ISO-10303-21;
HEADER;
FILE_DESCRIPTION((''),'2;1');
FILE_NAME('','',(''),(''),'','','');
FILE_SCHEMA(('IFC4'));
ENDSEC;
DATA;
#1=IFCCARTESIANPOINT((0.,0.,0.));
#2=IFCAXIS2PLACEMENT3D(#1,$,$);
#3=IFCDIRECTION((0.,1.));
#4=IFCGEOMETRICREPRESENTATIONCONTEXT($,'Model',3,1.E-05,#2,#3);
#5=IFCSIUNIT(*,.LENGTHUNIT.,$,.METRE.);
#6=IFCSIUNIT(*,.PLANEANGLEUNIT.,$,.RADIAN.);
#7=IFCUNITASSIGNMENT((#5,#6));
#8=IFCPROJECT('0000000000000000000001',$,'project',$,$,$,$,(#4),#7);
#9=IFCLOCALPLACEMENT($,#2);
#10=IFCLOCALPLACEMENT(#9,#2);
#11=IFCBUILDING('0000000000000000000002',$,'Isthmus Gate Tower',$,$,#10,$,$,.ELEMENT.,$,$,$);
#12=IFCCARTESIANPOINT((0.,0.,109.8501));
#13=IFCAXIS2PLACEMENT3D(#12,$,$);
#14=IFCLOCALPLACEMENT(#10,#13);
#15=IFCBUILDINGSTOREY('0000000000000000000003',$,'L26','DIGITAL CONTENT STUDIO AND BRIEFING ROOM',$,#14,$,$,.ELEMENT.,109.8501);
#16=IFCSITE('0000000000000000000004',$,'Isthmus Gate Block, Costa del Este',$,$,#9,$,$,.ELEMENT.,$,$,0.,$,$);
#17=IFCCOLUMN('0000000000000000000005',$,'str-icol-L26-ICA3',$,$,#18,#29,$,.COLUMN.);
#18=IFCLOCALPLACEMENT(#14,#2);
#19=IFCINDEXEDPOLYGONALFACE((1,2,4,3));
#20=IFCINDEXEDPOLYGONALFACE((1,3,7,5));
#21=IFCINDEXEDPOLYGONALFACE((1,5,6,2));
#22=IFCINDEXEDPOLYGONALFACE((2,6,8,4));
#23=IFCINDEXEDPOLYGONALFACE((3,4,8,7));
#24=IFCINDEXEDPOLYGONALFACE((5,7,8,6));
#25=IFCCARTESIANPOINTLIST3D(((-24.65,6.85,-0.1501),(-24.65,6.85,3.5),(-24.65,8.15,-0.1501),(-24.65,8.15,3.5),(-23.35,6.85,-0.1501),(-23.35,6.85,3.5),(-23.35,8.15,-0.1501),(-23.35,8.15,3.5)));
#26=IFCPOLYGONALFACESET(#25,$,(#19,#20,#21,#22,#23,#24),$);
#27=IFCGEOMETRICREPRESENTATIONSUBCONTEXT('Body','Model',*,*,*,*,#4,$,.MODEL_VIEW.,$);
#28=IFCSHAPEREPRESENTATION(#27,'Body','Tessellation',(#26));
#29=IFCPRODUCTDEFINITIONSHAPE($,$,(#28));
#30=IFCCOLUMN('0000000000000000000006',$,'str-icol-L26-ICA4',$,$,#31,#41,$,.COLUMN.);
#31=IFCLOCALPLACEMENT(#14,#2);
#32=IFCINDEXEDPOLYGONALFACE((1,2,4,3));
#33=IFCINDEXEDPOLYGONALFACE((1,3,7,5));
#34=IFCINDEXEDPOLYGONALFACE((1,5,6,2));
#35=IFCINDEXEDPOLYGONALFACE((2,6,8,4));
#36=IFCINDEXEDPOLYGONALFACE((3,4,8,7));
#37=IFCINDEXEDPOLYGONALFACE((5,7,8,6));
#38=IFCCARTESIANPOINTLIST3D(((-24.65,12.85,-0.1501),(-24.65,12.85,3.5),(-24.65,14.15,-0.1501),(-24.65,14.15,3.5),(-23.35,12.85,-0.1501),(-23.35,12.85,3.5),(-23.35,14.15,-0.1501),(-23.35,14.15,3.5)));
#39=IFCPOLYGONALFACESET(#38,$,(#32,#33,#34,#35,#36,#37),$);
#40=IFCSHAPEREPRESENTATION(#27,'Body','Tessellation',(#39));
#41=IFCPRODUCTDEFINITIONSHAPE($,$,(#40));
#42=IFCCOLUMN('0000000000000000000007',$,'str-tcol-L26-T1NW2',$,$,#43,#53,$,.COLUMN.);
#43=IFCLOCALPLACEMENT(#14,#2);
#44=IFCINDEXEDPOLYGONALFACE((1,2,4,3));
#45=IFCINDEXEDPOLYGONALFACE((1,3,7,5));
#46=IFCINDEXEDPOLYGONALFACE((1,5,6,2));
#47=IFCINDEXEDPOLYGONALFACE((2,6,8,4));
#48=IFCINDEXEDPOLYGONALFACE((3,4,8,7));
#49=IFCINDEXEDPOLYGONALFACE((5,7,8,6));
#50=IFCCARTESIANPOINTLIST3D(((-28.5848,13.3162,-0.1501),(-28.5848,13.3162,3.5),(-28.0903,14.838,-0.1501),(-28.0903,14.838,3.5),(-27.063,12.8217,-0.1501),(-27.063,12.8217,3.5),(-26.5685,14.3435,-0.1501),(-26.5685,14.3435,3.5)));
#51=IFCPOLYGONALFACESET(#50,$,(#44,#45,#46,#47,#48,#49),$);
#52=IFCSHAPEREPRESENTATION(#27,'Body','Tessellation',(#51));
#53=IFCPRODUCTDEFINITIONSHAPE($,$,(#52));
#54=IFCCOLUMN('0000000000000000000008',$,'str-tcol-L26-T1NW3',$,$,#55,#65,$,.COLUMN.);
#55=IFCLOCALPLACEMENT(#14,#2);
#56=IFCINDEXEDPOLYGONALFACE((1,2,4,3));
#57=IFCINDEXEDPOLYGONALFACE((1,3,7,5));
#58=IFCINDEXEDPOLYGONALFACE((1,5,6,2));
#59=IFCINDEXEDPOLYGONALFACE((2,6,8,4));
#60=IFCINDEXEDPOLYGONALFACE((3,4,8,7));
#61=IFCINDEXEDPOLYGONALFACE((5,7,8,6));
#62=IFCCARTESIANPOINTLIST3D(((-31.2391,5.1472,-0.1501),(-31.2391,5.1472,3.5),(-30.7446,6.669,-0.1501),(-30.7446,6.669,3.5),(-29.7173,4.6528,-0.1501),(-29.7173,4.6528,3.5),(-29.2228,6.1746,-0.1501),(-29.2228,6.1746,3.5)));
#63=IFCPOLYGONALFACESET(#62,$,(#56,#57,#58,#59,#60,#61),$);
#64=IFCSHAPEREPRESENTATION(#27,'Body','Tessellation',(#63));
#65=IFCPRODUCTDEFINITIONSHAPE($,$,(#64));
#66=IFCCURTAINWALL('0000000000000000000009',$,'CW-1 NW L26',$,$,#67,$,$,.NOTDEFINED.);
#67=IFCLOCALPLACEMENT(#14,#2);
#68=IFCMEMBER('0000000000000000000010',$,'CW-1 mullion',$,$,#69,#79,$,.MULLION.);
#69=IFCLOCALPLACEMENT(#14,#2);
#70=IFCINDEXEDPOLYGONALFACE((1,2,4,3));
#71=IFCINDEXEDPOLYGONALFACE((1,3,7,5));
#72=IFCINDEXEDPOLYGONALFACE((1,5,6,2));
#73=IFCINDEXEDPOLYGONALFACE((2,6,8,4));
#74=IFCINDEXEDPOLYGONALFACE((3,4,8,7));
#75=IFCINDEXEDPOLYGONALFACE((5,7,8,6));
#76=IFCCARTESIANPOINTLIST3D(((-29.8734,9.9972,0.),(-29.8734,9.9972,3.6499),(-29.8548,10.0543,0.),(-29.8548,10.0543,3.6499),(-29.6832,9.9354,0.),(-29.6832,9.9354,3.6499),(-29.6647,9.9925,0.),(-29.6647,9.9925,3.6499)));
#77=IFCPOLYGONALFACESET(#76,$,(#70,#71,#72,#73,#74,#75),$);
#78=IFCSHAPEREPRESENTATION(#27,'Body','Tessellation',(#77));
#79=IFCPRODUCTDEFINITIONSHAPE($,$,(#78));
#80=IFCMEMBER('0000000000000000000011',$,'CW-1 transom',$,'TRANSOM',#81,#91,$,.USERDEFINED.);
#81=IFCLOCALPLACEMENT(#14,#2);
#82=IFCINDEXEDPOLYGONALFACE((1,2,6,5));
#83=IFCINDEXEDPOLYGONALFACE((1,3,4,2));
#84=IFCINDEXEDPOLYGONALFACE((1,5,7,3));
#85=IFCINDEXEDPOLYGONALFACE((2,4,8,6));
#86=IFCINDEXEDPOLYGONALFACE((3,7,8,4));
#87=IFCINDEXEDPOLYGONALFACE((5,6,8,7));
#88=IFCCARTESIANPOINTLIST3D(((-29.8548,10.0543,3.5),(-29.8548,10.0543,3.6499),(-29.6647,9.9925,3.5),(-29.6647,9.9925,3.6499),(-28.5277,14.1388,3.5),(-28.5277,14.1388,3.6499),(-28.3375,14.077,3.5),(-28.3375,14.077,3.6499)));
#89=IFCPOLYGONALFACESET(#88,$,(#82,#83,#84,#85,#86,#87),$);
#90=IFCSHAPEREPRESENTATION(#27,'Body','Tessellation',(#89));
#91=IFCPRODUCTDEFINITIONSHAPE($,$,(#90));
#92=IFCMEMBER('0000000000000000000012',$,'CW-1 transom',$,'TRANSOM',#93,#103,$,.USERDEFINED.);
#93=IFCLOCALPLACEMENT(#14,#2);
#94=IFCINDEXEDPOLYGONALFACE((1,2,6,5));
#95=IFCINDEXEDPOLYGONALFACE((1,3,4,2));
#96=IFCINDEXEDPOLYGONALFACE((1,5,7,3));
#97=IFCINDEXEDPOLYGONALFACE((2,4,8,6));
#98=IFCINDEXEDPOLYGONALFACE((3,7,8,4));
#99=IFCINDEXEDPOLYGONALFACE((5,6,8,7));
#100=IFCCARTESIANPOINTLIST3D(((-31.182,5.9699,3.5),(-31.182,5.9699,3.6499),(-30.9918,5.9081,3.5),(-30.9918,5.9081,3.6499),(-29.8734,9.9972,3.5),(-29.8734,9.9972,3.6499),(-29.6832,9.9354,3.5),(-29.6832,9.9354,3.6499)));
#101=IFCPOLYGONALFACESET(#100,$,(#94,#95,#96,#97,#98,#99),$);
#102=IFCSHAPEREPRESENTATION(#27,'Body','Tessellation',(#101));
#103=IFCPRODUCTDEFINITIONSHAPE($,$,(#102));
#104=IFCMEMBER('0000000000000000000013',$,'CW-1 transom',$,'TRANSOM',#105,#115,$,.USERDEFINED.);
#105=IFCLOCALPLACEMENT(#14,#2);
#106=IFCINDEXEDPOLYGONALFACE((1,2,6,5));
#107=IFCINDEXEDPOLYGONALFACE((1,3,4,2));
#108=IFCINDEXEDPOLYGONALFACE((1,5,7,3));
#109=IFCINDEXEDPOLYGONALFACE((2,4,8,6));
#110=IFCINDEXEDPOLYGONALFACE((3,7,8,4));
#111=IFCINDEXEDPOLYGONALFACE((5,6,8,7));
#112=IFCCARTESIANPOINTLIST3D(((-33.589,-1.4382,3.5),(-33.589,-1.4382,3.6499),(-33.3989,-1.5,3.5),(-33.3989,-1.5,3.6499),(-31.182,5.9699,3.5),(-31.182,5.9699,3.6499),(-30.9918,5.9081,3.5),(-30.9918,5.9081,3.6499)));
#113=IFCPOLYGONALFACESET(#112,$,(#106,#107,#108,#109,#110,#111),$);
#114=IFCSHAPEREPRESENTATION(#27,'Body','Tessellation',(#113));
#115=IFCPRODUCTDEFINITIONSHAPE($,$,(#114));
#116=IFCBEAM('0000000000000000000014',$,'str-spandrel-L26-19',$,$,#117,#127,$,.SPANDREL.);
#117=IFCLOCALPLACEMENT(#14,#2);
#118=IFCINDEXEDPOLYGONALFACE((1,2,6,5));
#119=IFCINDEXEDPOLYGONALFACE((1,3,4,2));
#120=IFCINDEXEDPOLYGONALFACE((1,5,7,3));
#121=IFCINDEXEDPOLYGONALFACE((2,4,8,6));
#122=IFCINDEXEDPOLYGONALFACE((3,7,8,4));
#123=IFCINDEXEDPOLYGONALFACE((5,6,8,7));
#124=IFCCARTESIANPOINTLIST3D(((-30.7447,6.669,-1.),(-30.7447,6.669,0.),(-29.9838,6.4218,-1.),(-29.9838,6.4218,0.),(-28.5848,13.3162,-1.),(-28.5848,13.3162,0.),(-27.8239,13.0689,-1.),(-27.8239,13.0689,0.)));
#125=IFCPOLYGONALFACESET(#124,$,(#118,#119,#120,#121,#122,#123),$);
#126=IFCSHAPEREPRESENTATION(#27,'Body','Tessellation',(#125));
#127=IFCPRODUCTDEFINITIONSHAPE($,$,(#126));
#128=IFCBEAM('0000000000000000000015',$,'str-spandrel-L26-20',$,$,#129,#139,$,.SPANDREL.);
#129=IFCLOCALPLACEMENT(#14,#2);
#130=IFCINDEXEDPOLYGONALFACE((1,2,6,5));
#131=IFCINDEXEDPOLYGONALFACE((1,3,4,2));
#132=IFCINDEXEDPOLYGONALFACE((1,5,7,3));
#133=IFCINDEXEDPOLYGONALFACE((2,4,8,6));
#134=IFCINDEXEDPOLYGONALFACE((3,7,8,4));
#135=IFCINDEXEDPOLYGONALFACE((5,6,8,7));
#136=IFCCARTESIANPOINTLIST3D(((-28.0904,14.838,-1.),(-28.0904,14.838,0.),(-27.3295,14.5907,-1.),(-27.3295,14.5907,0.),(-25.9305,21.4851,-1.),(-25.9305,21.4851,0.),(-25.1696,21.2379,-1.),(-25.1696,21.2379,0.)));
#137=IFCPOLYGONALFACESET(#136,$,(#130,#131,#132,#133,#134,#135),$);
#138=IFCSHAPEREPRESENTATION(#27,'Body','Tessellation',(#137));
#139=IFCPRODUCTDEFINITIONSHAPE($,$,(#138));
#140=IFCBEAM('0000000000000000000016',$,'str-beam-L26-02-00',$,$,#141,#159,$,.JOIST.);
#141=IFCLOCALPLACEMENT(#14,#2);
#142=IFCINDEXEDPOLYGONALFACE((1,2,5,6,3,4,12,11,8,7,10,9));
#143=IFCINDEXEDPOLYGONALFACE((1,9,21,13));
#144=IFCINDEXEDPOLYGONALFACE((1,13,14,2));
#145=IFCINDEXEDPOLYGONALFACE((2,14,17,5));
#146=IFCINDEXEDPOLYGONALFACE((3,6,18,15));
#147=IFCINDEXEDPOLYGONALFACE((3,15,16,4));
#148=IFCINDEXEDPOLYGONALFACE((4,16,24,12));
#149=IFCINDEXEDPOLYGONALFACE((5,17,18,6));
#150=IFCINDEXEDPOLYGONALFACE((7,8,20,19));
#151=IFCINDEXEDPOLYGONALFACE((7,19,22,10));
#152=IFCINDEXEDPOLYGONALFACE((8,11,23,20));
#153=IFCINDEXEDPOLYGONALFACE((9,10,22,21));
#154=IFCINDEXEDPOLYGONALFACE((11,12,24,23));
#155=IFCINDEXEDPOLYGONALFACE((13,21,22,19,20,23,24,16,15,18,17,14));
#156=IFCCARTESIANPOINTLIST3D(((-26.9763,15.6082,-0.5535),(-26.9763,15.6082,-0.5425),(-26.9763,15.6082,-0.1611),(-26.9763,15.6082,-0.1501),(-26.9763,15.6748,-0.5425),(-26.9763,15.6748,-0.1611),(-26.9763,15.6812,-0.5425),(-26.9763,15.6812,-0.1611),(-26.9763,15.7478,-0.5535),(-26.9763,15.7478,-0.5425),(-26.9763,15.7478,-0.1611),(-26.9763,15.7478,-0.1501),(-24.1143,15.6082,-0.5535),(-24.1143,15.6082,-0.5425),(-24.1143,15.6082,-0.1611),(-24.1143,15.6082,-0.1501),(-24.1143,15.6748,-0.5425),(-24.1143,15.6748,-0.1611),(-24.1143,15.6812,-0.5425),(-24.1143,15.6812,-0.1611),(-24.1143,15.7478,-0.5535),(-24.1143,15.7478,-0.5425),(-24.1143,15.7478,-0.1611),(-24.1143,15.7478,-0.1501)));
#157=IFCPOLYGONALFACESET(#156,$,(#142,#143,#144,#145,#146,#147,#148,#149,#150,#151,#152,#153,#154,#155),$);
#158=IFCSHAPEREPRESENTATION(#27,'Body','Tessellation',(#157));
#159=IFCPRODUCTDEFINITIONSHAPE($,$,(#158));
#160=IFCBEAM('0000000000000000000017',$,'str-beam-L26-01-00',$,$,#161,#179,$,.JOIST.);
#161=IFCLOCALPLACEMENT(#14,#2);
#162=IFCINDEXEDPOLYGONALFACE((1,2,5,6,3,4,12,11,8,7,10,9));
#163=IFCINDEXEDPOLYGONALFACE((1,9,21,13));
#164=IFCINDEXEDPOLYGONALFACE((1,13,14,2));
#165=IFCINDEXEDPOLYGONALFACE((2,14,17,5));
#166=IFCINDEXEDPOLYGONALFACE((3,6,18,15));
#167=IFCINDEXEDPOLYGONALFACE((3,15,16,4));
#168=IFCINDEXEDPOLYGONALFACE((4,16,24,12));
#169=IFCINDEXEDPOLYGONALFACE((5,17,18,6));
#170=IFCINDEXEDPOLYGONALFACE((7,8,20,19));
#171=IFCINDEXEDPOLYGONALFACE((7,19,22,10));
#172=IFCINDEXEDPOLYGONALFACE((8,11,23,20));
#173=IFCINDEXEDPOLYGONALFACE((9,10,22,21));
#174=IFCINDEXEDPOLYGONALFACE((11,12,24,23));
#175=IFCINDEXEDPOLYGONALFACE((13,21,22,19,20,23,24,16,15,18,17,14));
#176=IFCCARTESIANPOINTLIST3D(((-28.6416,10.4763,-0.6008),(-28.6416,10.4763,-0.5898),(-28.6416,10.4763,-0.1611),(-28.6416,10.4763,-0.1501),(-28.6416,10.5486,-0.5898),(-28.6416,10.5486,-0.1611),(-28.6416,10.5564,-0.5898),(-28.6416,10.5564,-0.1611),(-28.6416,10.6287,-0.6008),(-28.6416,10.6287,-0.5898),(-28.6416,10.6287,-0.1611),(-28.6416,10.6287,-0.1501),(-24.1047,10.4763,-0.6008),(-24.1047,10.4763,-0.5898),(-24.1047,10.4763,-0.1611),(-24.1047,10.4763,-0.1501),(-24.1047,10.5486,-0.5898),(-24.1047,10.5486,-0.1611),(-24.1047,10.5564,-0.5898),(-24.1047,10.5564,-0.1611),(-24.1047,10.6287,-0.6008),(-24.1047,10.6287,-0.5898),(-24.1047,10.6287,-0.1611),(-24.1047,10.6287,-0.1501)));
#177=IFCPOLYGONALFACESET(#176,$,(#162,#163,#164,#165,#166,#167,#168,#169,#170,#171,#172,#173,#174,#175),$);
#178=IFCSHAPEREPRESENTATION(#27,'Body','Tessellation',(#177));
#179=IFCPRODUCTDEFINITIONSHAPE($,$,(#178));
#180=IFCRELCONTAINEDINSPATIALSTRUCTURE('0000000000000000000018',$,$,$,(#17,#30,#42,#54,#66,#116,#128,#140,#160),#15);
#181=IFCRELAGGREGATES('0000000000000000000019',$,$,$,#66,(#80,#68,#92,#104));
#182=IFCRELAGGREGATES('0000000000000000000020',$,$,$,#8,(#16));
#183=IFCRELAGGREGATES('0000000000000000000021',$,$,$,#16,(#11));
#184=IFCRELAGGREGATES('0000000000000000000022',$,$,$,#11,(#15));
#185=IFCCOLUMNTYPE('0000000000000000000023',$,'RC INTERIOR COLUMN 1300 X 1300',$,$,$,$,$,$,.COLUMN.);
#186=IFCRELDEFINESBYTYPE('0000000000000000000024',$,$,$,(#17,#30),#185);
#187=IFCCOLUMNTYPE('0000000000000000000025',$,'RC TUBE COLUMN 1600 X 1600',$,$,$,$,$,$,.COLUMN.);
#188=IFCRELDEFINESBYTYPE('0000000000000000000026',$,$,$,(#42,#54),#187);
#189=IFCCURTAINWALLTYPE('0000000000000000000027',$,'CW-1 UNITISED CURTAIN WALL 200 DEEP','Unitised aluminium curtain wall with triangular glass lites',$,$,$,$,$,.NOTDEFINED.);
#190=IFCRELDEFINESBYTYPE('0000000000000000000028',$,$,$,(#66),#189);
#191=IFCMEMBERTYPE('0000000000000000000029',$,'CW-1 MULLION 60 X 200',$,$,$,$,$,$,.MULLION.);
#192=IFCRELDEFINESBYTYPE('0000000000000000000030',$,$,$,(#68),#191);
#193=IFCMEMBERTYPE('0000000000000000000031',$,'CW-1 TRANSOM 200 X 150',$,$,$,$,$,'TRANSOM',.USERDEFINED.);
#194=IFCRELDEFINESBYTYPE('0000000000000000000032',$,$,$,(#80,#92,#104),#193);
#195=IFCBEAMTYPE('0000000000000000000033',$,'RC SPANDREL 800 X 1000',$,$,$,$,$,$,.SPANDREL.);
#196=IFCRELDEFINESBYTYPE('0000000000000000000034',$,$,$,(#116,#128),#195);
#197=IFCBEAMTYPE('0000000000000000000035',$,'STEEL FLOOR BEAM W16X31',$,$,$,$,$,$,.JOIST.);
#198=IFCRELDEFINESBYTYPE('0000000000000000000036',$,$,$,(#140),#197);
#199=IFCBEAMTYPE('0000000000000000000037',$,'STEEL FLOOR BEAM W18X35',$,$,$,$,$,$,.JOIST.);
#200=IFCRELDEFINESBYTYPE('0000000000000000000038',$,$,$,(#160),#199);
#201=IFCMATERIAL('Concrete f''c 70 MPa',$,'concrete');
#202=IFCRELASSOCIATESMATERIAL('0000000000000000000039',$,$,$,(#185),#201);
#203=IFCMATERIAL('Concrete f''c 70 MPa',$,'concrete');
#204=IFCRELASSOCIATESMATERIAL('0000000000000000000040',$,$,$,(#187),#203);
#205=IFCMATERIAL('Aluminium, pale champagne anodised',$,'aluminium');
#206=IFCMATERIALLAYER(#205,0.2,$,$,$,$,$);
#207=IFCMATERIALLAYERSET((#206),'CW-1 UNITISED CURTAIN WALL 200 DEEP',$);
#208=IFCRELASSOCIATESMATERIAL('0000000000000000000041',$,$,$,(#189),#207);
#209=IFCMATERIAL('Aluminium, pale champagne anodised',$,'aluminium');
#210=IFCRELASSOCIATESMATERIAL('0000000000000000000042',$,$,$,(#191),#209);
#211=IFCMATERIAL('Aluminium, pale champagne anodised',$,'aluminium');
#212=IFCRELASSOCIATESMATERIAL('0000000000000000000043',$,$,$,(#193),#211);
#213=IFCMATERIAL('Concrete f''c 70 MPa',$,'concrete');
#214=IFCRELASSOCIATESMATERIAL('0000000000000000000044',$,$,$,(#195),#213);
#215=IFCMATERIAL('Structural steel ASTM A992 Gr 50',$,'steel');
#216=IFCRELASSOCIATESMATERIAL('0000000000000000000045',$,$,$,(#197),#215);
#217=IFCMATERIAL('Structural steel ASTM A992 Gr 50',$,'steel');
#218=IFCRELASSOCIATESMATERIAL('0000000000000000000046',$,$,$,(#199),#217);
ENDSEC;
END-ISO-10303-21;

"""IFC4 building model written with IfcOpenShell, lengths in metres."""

from ifc_helpers import new_model, si_unit, direction, frame, origin, origin_2d, place, context, subcontext, project, spatial, rectangle, i_section, extrude, material, layer, layer_set, material_profile, profile_set, type_object, element, aggregate, save


model = new_model("IFC4")

# Units and contexts
model_context = context("Model", 3, precision=1e-05, world=origin(), true_north=direction((0.0, 1.0)))
body_context = subcontext(model_context, "Body", "Model", "MODEL_VIEW")
ifc_project = project(units=[si_unit("LENGTHUNIT", "METRE"), si_unit("PLANEANGLEUNIT", "RADIAN")], contexts=[model_context])

# Site, building, storey
site_placement = place(None, origin())
site = spatial("IfcSite", under=ifc_project, at=site_placement, Name="Isthmus Gate Block, Costa del Este", CompositionType="ELEMENT", RefElevation=0.0)
building_placement = place(site_placement, origin())
building = spatial("IfcBuilding", under=site, at=building_placement, Name="Isthmus Gate Tower", CompositionType="ELEMENT")
storey_placement = place(building_placement, frame((0.0, 0.0, 109.8501)))
storey = spatial("IfcBuildingStorey", under=building, at=storey_placement, Name="L26", Description="DIGITAL CONTENT STUDIO AND BRIEFING ROOM", CompositionType="ELEMENT", Elevation=109.8501)

# Columns
ifc_material_1 = material(Name="Concrete f'c 70 MPa", Category="concrete")
ifc_material_profile_1 = material_profile(ifc_material_1, rectangle(XDim=1.3, YDim=1.3, at=origin_2d()), Name="RC 1300X1300")
ifc_profile_set_1 = profile_set([ifc_material_profile_1], Name="Concrete f'c 70 MPa")
column_type_1 = type_object("IfcColumnType", Name="RC INTERIOR COLUMN 1300 X 1300", PredefinedType="COLUMN", material=ifc_profile_set_1)
for number, where, z_axis, x_axis, name in (
    (1, (-24.0, 7.5, -0.1501), (0.0, 0.0, 1.0), (1.0, 0.0, 0.0), "str-icol-L26-ICA3"),
    (2, (-24.0, 13.5, -0.1501), (0.0, 0.0, 1.0), (1.0, 0.0, 0.0), "str-icol-L26-ICA4"),
):
    element("IfcColumn", number, at=place(storey_placement, frame(where, z_axis=z_axis, x_axis=x_axis)), inside=storey, type_object=column_type_1, Name=name, PredefinedType="COLUMN", context=body_context, shape_type="SweptSolid", body=[
        extrude(rectangle(XDim=1.3, YDim=1.3, at=origin_2d()), origin(), (0.0, 0.0, 1.0), 3.6501),
    ])
ifc_material_2 = material(Name="Concrete f'c 70 MPa", Category="concrete")
ifc_material_profile_2 = material_profile(ifc_material_2, rectangle(XDim=1.6001, YDim=1.6001, at=origin_2d()), Name="RC 1600X1600")
ifc_profile_set_2 = profile_set([ifc_material_profile_2], Name="Concrete f'c 70 MPa")
column_type_2 = type_object("IfcColumnType", Name="RC TUBE COLUMN 1600 X 1600", PredefinedType="COLUMN", material=ifc_profile_set_2)
for number, where, z_axis, x_axis, name in (
    (3, (-27.5767, 13.8298, -0.1501), (0.0, 0.0, 1.0), (-0.309017, -0.951057, 0.0), "str-tcol-L26-T1NW2"),
    (4, (-30.231, 5.6609, -0.1501), (0.0, 0.0, 1.0), (-0.309017, -0.951057, 0.0), "str-tcol-L26-T1NW3"),
):
    element("IfcColumn", number, at=place(storey_placement, frame(where, z_axis=z_axis, x_axis=x_axis)), inside=storey, type_object=column_type_2, Name=name, PredefinedType="COLUMN", context=body_context, shape_type="SweptSolid", body=[
        extrude(rectangle(XDim=1.6001, YDim=1.6001, at=origin_2d()), origin(), (0.0, 0.0, 1.0), 3.6501),
    ])

# Curtain wall, members
ifc_material_3 = material(Name="Aluminium, pale champagne anodised", Category="aluminium")
ifc_layer_1 = layer(ifc_material_3, 0.2)
ifc_layer_set_1 = layer_set([ifc_layer_1], Name="CW-1 UNITISED CURTAIN WALL 200 DEEP")
curtain_wall_type = type_object("IfcCurtainWallType", Name="CW-1 UNITISED CURTAIN WALL 200 DEEP", Description="Unitised aluminium curtain wall with triangular glass lites", PredefinedType="NOTDEFINED", material=ifc_layer_set_1)
curtain_wall_placement = place(storey_placement, origin())
curtain_wall = element("IfcCurtainWall", 5, at=curtain_wall_placement, inside=storey, type_object=curtain_wall_type, Name="CW-1 NW L26", PredefinedType="NOTDEFINED")
ifc_material_4 = material(Name="Aluminium, pale champagne anodised", Category="aluminium")
ifc_material_profile_3 = material_profile(ifc_material_4, rectangle(XDim=0.0601, YDim=0.2, at=origin_2d()), Name="60x200")
ifc_profile_set_3 = profile_set([ifc_material_profile_3], Name="Aluminium, pale champagne anodised")
member_type_1 = type_object("IfcMemberType", Name="CW-1 MULLION 60 X 200", PredefinedType="MULLION", material=ifc_profile_set_3)
member_1_placement = place(storey_placement, frame((-29.769, 9.9949, 0.0), z_axis=(0.0, 0.0, 1.0), x_axis=(-0.309017, -0.951057, 0.0)))
member_1 = element("IfcMember", 6, at=member_1_placement, type_object=member_type_1, Name="CW-1 mullion", PredefinedType="MULLION", context=body_context, shape_type="SweptSolid", body=[
    extrude(rectangle(XDim=0.0601, YDim=0.2, at=origin_2d()), origin(), (0.0, 0.0, 1.0), 3.6499),
])
ifc_material_5 = material(Name="Aluminium, pale champagne anodised", Category="aluminium")
ifc_material_profile_4 = material_profile(ifc_material_5, rectangle(XDim=0.2, YDim=0.1499, at=origin_2d()), Name="200x150")
ifc_profile_set_4 = profile_set([ifc_material_profile_4], Name="Aluminium, pale champagne anodised")
member_type_2 = type_object("IfcMemberType", Name="CW-1 TRANSOM 200 X 150", ElementType="TRANSOM", PredefinedType="USERDEFINED", material=ifc_profile_set_4)
member_2_placement = place(storey_placement, frame((-28.4326, 14.1079, 3.575), z_axis=(-0.309022, -0.951055, 0.0), x_axis=(0.951055, -0.309022, 0.0)))
member_2 = element("IfcMember", 7, at=member_2_placement, type_object=member_type_2, Name="CW-1 transom", ObjectType="TRANSOM", PredefinedType="USERDEFINED", context=body_context, shape_type="SweptSolid", body=[
    extrude(rectangle(XDim=0.2, YDim=0.1499, at=origin_2d()), origin(), (0.0, 0.0, 1.0), 4.2947),
])
member_3_placement = place(storey_placement, frame((-29.7783, 9.9663, 3.575), z_axis=(-0.309023, -0.951054, 0.0), x_axis=(0.951054, -0.309023, 0.0)))
member_3 = element("IfcMember", 8, at=member_3_placement, type_object=member_type_2, Name="CW-1 transom", ObjectType="TRANSOM", PredefinedType="USERDEFINED", context=body_context, shape_type="SweptSolid", body=[
    extrude(rectangle(XDim=0.2, YDim=0.1499, at=origin_2d()), origin(), (0.0, 0.0, 1.0), 4.2346),
])
member_4_placement = place(storey_placement, frame((-31.0869, 5.939, 3.575), z_axis=(-0.309016, -0.951057, 0.0), x_axis=(0.951057, -0.309016, 0.0)))
member_4 = element("IfcMember", 9, at=member_4_placement, type_object=member_type_2, Name="CW-1 transom", ObjectType="TRANSOM", PredefinedType="USERDEFINED", context=body_context, shape_type="SweptSolid", body=[
    extrude(rectangle(XDim=0.2, YDim=0.1499, at=origin_2d()), origin(), (0.0, 0.0, 1.0), 7.7893),
])

# Beams
ifc_material_6 = material(Name="Concrete f'c 70 MPa", Category="concrete")
ifc_material_profile_5 = material_profile(ifc_material_6, rectangle(XDim=0.8, YDim=1.0, at=origin_2d()), Name="RC 800X1000")
ifc_profile_set_5 = profile_set([ifc_material_profile_5], Name="Concrete f'c 70 MPa")
beam_type_1 = type_object("IfcBeamType", Name="RC SPANDREL 800 X 1000", PredefinedType="SPANDREL", material=ifc_profile_set_5)
for number, where, z_axis, x_axis, name in (
    (10, (-30.3643, 6.5454, -0.5), (0.30903, 0.951052, 0.0), (-0.951052, 0.30903, 0.0), "str-spandrel-L26-19"),
    (11, (-27.71, 14.7144, -0.5), (0.30903, 0.951052, 0.0), (-0.951052, 0.30903, 0.0), "str-spandrel-L26-20"),
):
    element("IfcBeam", number, at=place(storey_placement, frame(where, z_axis=z_axis, x_axis=x_axis)), inside=storey, type_object=beam_type_1, Name=name, PredefinedType="SPANDREL", context=body_context, shape_type="SweptSolid", body=[
        extrude(rectangle(XDim=0.8, YDim=1.0, at=origin_2d()), origin(), (0.0, 0.0, 1.0), 6.9893),
    ])
ifc_material_7 = material(Name="Structural steel ASTM A992 Gr 50", Category="steel")
ifc_material_profile_6 = material_profile(ifc_material_7, i_section(OverallWidth=0.1396, OverallDepth=0.4033, WebThickness=0.0063, FlangeThickness=0.011, at=origin_2d()), Name="W16X31")
ifc_profile_set_6 = profile_set([ifc_material_profile_6], Name="Structural steel ASTM A992 Gr 50")
beam_type_2 = type_object("IfcBeamType", Name="STEEL FLOOR BEAM W16X31", PredefinedType="JOIST", material=ifc_profile_set_6)
beam_1_placement = place(storey_placement, frame((-26.9763, 15.678, -0.3518), z_axis=(1.0, 0.0, 0.0), x_axis=(0.0, 1.0, 0.0)))
element("IfcBeam", 12, at=beam_1_placement, inside=storey, type_object=beam_type_2, Name="str-beam-L26-02-00", PredefinedType="JOIST", context=body_context, shape_type="SweptSolid", body=[
    extrude(i_section(OverallWidth=0.1396, OverallDepth=0.4033, WebThickness=0.0063, FlangeThickness=0.011, at=origin_2d()), origin(), (0.0, 0.0, 1.0), 2.8621),
])
ifc_material_8 = material(Name="Structural steel ASTM A992 Gr 50", Category="steel")
ifc_material_profile_7 = material_profile(ifc_material_8, i_section(OverallWidth=0.1523, OverallDepth=0.4507, WebThickness=0.0078, FlangeThickness=0.011, at=origin_2d()), Name="W18X35")
ifc_profile_set_7 = profile_set([ifc_material_profile_7], Name="Structural steel ASTM A992 Gr 50")
beam_type_3 = type_object("IfcBeamType", Name="STEEL FLOOR BEAM W18X35", PredefinedType="JOIST", material=ifc_profile_set_7)
beam_2_placement = place(storey_placement, frame((-28.6416, 10.5525, -0.3755), z_axis=(1.0, 0.0, 0.0), x_axis=(0.0, 1.0, 0.0)))
element("IfcBeam", 13, at=beam_2_placement, inside=storey, type_object=beam_type_3, Name="str-beam-L26-01-00", PredefinedType="JOIST", context=body_context, shape_type="SweptSolid", body=[
    extrude(i_section(OverallWidth=0.1523, OverallDepth=0.4507, WebThickness=0.0078, FlangeThickness=0.011, at=origin_2d()), origin(), (0.0, 0.0, 1.0), 4.5369),
])

aggregate(curtain_wall, [member_2, member_1, member_3, member_4])

save(model, "model.ifc")
